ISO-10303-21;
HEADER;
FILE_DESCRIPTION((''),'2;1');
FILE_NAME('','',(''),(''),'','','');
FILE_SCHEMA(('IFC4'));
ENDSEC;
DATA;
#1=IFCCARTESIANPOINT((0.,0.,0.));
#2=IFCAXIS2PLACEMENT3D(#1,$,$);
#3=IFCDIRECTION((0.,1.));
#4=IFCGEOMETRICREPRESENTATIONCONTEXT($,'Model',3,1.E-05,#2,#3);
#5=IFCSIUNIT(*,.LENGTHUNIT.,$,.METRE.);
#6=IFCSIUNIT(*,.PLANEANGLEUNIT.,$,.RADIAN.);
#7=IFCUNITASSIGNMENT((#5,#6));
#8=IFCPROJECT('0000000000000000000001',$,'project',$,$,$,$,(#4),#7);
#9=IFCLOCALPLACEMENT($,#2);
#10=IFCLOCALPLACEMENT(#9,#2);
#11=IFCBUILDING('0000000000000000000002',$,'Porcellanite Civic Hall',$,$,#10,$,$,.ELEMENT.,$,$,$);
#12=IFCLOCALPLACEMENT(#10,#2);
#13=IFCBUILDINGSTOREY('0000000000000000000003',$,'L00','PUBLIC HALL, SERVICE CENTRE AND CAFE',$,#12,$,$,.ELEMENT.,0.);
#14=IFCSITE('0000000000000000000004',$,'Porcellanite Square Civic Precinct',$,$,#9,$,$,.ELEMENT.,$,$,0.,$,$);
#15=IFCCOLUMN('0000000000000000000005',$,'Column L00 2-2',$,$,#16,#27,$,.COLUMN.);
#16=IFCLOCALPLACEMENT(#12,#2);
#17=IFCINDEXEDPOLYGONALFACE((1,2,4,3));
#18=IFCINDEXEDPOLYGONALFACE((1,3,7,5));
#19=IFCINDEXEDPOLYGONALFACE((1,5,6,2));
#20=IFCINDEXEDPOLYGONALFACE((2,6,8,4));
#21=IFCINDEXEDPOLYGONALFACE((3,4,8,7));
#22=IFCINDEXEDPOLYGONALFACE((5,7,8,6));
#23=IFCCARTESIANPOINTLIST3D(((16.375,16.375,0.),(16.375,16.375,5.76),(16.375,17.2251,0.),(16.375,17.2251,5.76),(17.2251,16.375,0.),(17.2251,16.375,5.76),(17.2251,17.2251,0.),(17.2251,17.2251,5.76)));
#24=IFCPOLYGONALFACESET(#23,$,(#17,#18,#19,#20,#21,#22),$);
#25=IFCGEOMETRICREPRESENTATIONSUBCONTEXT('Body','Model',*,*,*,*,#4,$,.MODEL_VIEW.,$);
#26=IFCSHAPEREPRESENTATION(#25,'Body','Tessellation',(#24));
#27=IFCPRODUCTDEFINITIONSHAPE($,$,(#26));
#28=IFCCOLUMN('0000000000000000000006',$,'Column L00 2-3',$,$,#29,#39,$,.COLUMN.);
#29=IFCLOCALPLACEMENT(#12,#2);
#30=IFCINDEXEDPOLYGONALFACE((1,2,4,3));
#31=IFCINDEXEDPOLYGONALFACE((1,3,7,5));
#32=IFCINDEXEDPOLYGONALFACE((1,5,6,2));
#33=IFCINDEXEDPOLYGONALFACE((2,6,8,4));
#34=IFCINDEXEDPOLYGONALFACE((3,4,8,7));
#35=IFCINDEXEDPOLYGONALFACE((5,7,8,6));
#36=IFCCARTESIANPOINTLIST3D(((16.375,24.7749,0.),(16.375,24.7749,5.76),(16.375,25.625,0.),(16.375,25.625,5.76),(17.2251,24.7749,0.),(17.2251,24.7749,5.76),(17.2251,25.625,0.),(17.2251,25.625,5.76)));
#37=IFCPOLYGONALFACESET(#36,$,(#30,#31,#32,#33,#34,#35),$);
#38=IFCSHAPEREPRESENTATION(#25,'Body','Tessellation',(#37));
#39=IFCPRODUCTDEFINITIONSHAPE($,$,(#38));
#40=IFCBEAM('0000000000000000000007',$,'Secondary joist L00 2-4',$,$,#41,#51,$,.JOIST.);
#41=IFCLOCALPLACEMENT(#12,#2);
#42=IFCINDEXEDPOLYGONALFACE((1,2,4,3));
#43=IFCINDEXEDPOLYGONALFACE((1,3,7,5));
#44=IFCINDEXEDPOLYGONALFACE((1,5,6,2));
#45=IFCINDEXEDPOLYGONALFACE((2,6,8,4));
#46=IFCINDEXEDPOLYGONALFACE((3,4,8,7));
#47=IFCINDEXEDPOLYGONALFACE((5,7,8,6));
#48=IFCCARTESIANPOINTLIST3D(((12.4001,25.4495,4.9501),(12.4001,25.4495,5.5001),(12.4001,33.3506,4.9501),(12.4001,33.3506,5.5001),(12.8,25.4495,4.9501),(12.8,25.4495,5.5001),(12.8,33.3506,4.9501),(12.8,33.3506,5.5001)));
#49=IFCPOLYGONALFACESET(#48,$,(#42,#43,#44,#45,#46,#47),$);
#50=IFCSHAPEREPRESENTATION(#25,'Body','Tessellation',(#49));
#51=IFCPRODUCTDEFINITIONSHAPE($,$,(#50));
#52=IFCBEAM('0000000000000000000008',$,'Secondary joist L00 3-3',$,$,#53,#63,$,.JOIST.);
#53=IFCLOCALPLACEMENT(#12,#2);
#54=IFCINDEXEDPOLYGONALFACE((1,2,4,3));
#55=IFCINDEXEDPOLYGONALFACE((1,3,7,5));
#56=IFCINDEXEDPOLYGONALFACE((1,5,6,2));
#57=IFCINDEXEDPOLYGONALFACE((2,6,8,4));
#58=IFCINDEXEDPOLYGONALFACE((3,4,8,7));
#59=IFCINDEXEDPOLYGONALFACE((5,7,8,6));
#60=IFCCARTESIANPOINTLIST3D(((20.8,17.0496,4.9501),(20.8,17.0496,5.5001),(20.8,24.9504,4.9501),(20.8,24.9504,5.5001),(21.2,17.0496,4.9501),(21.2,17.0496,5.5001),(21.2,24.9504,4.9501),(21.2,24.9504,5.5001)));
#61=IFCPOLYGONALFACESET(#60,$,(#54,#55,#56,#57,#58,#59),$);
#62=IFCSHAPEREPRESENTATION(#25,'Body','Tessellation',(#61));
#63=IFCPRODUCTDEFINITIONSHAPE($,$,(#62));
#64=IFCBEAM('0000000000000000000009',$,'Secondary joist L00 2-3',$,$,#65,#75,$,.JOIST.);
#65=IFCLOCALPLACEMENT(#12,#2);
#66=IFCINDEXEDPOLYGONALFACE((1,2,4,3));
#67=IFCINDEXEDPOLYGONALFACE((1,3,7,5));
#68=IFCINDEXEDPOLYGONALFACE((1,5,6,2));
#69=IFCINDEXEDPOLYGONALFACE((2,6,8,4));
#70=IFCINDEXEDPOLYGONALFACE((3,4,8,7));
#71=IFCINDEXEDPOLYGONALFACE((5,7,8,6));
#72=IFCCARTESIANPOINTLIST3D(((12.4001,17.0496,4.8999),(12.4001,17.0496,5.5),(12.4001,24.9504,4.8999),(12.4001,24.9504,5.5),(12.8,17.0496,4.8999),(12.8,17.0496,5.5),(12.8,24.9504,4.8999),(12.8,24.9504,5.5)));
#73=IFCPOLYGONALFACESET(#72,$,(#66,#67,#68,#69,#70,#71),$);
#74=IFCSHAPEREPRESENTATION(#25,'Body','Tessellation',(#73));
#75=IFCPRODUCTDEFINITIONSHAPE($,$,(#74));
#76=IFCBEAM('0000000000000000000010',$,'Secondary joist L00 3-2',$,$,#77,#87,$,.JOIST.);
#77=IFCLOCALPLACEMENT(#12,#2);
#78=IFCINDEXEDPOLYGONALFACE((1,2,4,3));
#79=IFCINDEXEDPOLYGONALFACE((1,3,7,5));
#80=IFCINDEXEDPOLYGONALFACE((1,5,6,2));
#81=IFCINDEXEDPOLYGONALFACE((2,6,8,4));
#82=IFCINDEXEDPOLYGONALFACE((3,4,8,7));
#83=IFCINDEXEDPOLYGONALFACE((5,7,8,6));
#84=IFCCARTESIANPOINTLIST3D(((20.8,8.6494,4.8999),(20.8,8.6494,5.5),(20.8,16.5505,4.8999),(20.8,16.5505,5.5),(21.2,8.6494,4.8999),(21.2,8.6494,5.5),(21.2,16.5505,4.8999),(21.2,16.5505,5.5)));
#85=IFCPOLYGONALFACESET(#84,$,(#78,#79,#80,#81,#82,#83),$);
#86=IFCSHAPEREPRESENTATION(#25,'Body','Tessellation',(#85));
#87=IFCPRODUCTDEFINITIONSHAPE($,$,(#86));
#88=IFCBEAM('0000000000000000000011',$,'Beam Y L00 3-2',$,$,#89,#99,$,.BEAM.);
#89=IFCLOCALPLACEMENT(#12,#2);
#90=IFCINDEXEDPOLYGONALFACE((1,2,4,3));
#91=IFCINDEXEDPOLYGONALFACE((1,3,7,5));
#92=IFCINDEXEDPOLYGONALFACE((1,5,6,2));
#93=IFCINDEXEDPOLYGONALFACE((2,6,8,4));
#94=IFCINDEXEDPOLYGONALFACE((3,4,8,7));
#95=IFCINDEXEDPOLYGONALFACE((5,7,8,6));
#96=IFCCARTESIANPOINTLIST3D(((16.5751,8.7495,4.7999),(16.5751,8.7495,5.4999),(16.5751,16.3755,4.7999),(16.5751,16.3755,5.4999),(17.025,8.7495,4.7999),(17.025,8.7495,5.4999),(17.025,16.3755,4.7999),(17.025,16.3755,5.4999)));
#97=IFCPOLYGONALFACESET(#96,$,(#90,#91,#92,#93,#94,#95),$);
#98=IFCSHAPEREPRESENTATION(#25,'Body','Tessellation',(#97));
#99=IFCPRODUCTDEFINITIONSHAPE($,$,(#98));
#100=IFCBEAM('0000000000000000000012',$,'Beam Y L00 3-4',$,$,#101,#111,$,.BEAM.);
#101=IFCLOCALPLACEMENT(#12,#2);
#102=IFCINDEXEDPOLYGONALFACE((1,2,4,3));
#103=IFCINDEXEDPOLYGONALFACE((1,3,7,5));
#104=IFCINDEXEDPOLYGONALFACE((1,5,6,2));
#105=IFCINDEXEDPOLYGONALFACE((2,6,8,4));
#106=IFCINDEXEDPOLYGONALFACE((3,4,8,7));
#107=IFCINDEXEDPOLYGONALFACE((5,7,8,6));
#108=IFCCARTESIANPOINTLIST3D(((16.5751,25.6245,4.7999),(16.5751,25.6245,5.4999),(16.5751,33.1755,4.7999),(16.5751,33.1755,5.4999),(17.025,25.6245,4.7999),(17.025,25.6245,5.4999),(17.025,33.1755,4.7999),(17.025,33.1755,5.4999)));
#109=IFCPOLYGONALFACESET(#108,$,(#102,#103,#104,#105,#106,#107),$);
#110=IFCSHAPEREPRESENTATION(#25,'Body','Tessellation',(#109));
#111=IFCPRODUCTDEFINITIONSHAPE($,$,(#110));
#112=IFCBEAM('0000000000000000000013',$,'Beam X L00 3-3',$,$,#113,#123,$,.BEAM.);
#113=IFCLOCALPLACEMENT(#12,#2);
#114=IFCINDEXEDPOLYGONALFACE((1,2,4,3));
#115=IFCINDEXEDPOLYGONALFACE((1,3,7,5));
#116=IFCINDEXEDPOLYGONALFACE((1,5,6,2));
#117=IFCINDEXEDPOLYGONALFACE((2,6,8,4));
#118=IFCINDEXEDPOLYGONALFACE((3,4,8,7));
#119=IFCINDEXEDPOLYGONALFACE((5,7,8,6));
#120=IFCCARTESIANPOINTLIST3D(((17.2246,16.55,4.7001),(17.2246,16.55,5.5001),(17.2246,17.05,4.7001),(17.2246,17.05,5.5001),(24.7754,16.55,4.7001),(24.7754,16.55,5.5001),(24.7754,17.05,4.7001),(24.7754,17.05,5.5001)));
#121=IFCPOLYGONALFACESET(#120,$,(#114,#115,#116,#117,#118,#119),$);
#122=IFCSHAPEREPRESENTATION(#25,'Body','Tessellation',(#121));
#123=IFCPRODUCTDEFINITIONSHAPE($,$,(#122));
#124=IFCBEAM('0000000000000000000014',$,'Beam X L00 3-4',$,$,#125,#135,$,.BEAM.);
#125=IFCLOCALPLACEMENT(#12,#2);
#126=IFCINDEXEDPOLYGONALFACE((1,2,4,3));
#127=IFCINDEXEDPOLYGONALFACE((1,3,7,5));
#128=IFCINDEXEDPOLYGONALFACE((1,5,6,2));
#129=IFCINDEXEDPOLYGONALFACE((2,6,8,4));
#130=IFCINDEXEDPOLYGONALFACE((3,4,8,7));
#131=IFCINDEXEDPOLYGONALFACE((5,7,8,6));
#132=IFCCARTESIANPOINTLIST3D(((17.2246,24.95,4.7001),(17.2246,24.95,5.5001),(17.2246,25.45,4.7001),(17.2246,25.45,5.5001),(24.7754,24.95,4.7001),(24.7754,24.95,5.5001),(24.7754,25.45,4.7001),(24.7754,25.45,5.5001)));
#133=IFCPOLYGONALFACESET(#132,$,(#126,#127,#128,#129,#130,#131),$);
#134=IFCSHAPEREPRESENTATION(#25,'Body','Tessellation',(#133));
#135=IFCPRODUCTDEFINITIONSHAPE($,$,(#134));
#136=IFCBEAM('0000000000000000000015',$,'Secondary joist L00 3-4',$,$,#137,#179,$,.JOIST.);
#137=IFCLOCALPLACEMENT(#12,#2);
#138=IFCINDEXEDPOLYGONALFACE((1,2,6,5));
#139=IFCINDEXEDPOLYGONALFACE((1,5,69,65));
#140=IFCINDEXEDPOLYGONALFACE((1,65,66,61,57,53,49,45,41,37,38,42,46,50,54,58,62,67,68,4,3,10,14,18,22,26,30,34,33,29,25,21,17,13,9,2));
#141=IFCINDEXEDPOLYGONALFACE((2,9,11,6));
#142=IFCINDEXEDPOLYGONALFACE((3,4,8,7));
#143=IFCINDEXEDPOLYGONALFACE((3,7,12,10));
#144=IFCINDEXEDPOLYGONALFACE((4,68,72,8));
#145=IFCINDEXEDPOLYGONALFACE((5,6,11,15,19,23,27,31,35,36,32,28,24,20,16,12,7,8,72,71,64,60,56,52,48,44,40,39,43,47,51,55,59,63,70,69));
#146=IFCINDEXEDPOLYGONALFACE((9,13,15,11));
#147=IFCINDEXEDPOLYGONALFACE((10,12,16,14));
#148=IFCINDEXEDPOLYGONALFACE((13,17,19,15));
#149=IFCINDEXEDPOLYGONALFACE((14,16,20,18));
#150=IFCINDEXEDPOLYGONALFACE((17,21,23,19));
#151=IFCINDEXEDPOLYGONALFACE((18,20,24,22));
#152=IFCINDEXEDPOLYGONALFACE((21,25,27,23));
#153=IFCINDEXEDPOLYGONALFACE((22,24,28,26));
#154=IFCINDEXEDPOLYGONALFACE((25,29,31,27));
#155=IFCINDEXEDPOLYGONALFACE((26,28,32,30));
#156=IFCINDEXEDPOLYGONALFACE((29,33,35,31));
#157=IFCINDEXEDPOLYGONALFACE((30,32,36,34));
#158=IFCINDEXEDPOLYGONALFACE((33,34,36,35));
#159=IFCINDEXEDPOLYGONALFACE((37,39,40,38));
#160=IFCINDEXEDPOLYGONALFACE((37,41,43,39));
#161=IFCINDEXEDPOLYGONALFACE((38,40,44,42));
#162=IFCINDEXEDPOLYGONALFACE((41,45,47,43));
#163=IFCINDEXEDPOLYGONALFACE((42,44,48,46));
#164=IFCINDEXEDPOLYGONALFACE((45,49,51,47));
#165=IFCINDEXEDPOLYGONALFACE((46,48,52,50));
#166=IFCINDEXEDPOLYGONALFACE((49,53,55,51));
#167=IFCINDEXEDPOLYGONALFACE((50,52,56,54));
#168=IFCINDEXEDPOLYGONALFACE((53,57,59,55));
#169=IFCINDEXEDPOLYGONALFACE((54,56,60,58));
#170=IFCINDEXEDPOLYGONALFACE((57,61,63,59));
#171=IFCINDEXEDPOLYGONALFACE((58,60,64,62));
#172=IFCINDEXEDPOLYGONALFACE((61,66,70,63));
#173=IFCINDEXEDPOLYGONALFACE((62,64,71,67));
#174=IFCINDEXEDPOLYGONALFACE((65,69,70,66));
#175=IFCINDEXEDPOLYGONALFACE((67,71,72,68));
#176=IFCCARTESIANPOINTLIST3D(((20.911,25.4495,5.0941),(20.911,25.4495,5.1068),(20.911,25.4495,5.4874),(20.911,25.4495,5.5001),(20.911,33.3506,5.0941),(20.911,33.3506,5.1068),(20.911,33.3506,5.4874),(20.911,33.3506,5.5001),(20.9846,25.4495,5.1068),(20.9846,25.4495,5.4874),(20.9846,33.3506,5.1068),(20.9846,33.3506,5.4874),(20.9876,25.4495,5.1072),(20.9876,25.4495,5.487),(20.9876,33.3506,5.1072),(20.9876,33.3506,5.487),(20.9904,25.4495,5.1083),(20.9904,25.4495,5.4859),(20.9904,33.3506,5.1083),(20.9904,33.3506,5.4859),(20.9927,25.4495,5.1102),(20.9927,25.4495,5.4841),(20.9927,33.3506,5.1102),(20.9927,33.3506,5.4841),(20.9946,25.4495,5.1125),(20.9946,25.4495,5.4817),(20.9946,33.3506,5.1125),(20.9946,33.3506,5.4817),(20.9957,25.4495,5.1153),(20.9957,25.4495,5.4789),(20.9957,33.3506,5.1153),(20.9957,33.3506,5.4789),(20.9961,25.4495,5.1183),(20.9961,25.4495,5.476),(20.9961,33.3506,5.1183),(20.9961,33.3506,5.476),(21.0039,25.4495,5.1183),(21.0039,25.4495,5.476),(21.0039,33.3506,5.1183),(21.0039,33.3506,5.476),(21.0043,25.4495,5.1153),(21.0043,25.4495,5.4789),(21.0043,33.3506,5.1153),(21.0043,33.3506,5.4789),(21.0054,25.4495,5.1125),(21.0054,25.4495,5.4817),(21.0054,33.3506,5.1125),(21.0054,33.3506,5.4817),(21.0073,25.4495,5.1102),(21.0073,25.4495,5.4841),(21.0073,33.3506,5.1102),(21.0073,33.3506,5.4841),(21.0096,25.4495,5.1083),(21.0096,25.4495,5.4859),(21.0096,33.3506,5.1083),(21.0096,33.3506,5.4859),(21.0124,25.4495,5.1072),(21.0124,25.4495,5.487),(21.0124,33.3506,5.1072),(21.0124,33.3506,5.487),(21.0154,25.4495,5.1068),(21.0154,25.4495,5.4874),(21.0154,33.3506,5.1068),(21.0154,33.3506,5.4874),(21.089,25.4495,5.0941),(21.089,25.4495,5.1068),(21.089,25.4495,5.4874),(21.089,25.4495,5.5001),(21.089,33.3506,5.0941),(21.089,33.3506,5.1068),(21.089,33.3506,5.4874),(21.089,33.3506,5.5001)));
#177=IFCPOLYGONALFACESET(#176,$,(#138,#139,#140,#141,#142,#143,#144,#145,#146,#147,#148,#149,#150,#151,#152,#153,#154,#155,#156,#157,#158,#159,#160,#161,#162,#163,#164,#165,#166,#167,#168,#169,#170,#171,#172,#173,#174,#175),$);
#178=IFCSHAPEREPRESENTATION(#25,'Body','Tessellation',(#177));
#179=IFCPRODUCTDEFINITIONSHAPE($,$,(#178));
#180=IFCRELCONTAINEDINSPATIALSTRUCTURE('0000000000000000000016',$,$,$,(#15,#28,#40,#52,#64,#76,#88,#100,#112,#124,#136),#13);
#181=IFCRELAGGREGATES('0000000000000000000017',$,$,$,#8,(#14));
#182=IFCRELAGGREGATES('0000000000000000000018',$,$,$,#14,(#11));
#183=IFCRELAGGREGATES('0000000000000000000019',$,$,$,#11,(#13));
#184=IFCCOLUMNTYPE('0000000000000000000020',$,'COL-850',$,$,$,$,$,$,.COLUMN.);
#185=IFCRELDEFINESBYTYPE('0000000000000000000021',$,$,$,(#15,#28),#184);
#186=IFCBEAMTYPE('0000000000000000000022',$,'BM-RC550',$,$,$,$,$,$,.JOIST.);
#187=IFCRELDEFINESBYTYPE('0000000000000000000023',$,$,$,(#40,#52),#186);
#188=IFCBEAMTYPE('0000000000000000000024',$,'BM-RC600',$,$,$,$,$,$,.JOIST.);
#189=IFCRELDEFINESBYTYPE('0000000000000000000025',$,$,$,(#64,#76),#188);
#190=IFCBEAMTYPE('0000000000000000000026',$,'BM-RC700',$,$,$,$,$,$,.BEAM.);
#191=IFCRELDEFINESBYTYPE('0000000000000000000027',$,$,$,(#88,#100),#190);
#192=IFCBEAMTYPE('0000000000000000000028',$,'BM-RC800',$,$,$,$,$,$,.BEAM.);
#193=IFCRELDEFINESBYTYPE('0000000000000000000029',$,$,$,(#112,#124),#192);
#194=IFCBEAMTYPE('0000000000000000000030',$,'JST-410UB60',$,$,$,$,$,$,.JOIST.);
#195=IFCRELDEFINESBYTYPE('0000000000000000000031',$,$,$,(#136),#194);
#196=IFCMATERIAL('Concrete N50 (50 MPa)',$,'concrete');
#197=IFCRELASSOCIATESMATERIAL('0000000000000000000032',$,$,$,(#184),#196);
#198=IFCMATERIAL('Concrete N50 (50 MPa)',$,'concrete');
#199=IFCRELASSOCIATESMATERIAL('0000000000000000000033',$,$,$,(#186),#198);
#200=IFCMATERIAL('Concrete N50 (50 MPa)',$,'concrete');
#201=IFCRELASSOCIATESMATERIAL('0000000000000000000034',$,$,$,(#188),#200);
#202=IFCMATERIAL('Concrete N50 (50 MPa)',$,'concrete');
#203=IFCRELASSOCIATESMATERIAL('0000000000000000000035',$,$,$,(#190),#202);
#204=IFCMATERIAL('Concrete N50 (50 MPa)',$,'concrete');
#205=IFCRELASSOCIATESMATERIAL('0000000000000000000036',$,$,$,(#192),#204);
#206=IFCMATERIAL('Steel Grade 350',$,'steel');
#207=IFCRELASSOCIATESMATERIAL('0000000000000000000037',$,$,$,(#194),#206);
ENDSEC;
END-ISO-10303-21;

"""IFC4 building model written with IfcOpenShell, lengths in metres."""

from ifc_helpers import new_model, si_unit, direction, frame, origin, origin_2d, place, context, subcontext, project, spatial, rectangle, i_section, extrude, material, material_profile, profile_set, type_object, element, save


model = new_model("IFC4")

# Units and contexts
model_context = context("Model", 3, precision=1e-05, world=origin(), true_north=direction((0.0, 1.0)))
body_context = subcontext(model_context, "Body", "Model", "MODEL_VIEW")
ifc_project = project(units=[si_unit("LENGTHUNIT", "METRE"), si_unit("PLANEANGLEUNIT", "RADIAN")], contexts=[model_context])

# Site, building, storey
site_placement = place(None, origin())
site = spatial("IfcSite", under=ifc_project, at=site_placement, Name="Porcellanite Square Civic Precinct", CompositionType="ELEMENT", RefElevation=0.0)
building_placement = place(site_placement, origin())
building = spatial("IfcBuilding", under=site, at=building_placement, Name="Porcellanite Civic Hall", CompositionType="ELEMENT")
storey_placement = place(building_placement, origin())
storey = spatial("IfcBuildingStorey", under=building, at=storey_placement, Name="L00", Description="PUBLIC HALL, SERVICE CENTRE AND CAFE", CompositionType="ELEMENT", Elevation=0.0)

# Columns
ifc_material_1 = material(Name="Concrete N50 (50 MPa)", Category="concrete")
ifc_material_profile_1 = material_profile(ifc_material_1, rectangle(XDim=0.8501, YDim=0.8501, at=origin_2d()), Name="RC-850x850")
ifc_profile_set_1 = profile_set([ifc_material_profile_1], Name="Concrete N50 (50 MPa)")
column_type = type_object("IfcColumnType", Name="COL-850", PredefinedType="COLUMN", material=ifc_profile_set_1)
for number, where, z_axis, x_axis, name in (
    (1, (16.8, 16.8, 0.0), (0.0, 0.0, 1.0), (1.0, 0.0, 0.0), "Column L00 2-2"),
    (2, (16.8, 25.2, 0.0), (0.0, 0.0, 1.0), (1.0, 0.0, 0.0), "Column L00 2-3"),
):
    element("IfcColumn", number, at=place(storey_placement, frame(where, z_axis=z_axis, x_axis=x_axis)), inside=storey, type_object=column_type, Name=name, PredefinedType="COLUMN", context=body_context, shape_type="SweptSolid", body=[
        extrude(rectangle(XDim=0.8501, YDim=0.8501, at=origin_2d()), origin(), (0.0, 0.0, 1.0), 5.76),
    ])

# Beams
ifc_material_2 = material(Name="Concrete N50 (50 MPa)", Category="concrete")
ifc_material_profile_2 = material_profile(ifc_material_2, rectangle(XDim=0.3999, YDim=0.55, at=origin_2d()), Name="RC-400x550")
ifc_profile_set_2 = profile_set([ifc_material_profile_2], Name="Concrete N50 (50 MPa)")
beam_type_1 = type_object("IfcBeamType", Name="BM-RC550", PredefinedType="JOIST", material=ifc_profile_set_2)
beam_1_placement = place(storey_placement, frame((12.6001, 25.4495, 5.2251), z_axis=(0.0, 1.0, 0.0), x_axis=(-1.0, 0.0, 0.0)))
element("IfcBeam", 3, at=beam_1_placement, inside=storey, type_object=beam_type_1, Name="Secondary joist L00 2-4", PredefinedType="JOIST", context=body_context, shape_type="SweptSolid", body=[
    extrude(rectangle(XDim=0.3999, YDim=0.55, at=origin_2d()), origin(), (0.0, 0.0, 1.0), 7.9011),
])
beam_2_placement = place(storey_placement, frame((21.0, 17.0496, 5.2251), z_axis=(0.0, 1.0, 0.0), x_axis=(-1.0, 0.0, 0.0)))
element("IfcBeam", 4, at=beam_2_placement, inside=storey, type_object=beam_type_1, Name="Secondary joist L00 3-3", PredefinedType="JOIST", context=body_context, shape_type="SweptSolid", body=[
    extrude(rectangle(XDim=0.3999, YDim=0.55, at=origin_2d()), origin(), (0.0, 0.0, 1.0), 7.9009),
])
ifc_material_3 = material(Name="Concrete N50 (50 MPa)", Category="concrete")
ifc_material_profile_3 = material_profile(ifc_material_3, rectangle(XDim=0.3999, YDim=0.6001, at=origin_2d()), Name="RC-400x600")
ifc_profile_set_3 = profile_set([ifc_material_profile_3], Name="Concrete N50 (50 MPa)")
beam_type_2 = type_object("IfcBeamType", Name="BM-RC600", PredefinedType="JOIST", material=ifc_profile_set_3)
beam_3_placement = place(storey_placement, frame((12.6001, 17.0496, 5.2), z_axis=(0.0, 1.0, 0.0), x_axis=(-1.0, 0.0, 0.0)))
element("IfcBeam", 5, at=beam_3_placement, inside=storey, type_object=beam_type_2, Name="Secondary joist L00 2-3", PredefinedType="JOIST", context=body_context, shape_type="SweptSolid", body=[
    extrude(rectangle(XDim=0.3999, YDim=0.6001, at=origin_2d()), origin(), (0.0, 0.0, 1.0), 7.9009),
])
beam_4_placement = place(storey_placement, frame((21.0, 8.6494, 5.2), z_axis=(0.0, 1.0, 0.0), x_axis=(-1.0, 0.0, 0.0)))
element("IfcBeam", 6, at=beam_4_placement, inside=storey, type_object=beam_type_2, Name="Secondary joist L00 3-2", PredefinedType="JOIST", context=body_context, shape_type="SweptSolid", body=[
    extrude(rectangle(XDim=0.3999, YDim=0.6001, at=origin_2d()), origin(), (0.0, 0.0, 1.0), 7.9011),
])
ifc_material_4 = material(Name="Concrete N50 (50 MPa)", Category="concrete")
ifc_material_profile_4 = material_profile(ifc_material_4, rectangle(XDim=0.45, YDim=0.7, at=origin_2d()), Name="RC-450x700")
ifc_profile_set_4 = profile_set([ifc_material_profile_4], Name="Concrete N50 (50 MPa)")
beam_type_3 = type_object("IfcBeamType", Name="BM-RC700", PredefinedType="BEAM", material=ifc_profile_set_4)
beam_5_placement = place(storey_placement, frame((16.8, 8.7495, 5.1499), z_axis=(0.0, 1.0, 0.0), x_axis=(-1.0, 0.0, 0.0)))
element("IfcBeam", 7, at=beam_5_placement, inside=storey, type_object=beam_type_3, Name="Beam Y L00 3-2", PredefinedType="BEAM", context=body_context, shape_type="SweptSolid", body=[
    extrude(rectangle(XDim=0.45, YDim=0.7, at=origin_2d()), origin(), (0.0, 0.0, 1.0), 7.626),
])
beam_6_placement = place(storey_placement, frame((16.8, 25.6245, 5.1499), z_axis=(0.0, 1.0, 0.0), x_axis=(-1.0, 0.0, 0.0)))
element("IfcBeam", 8, at=beam_6_placement, inside=storey, type_object=beam_type_3, Name="Beam Y L00 3-4", PredefinedType="BEAM", context=body_context, shape_type="SweptSolid", body=[
    extrude(rectangle(XDim=0.45, YDim=0.7, at=origin_2d()), origin(), (0.0, 0.0, 1.0), 7.551),
])
ifc_material_5 = material(Name="Concrete N50 (50 MPa)", Category="concrete")
ifc_material_profile_5 = material_profile(ifc_material_5, rectangle(XDim=0.5, YDim=0.8, at=origin_2d()), Name="RC-500x800")
ifc_profile_set_5 = profile_set([ifc_material_profile_5], Name="Concrete N50 (50 MPa)")
beam_type_4 = type_object("IfcBeamType", Name="BM-RC800", PredefinedType="BEAM", material=ifc_profile_set_5)
for number, where, z_axis, x_axis, name in (
    (9, (17.2246, 16.8, 5.1001), (1.0, 0.0, 0.0), (0.0, 1.0, 0.0), "Beam X L00 3-3"),
    (10, (17.2246, 25.2, 5.1001), (1.0, 0.0, 0.0), (0.0, 1.0, 0.0), "Beam X L00 3-4"),
):
    element("IfcBeam", number, at=place(storey_placement, frame(where, z_axis=z_axis, x_axis=x_axis)), inside=storey, type_object=beam_type_4, Name=name, PredefinedType="BEAM", context=body_context, shape_type="SweptSolid", body=[
        extrude(rectangle(XDim=0.5, YDim=0.8, at=origin_2d()), origin(), (0.0, 0.0, 1.0), 7.5508),
    ])
ifc_material_6 = material(Name="Steel Grade 350", Category="steel")
ifc_material_profile_6 = material_profile(ifc_material_6, i_section(OverallWidth=0.178, OverallDepth=0.406, WebThickness=0.0078, FlangeThickness=0.0127, FilletRadius=0.0115, at=origin_2d()), Name="410UB59.7")
ifc_profile_set_6 = profile_set([ifc_material_profile_6], Name="Steel Grade 350")
beam_type_5 = type_object("IfcBeamType", Name="JST-410UB60", PredefinedType="JOIST", material=ifc_profile_set_6)
beam_7_placement = place(storey_placement, frame((21.0, 25.4495, 5.2971), z_axis=(0.0, 1.0, 0.0), x_axis=(-1.0, 0.0, 0.0)))
element("IfcBeam", 11, at=beam_7_placement, inside=storey, type_object=beam_type_5, Name="Secondary joist L00 3-4", PredefinedType="JOIST", context=body_context, shape_type="SweptSolid", body=[
    extrude(i_section(OverallWidth=0.178, OverallDepth=0.406, WebThickness=0.0078, FlangeThickness=0.0127, FilletRadius=0.0115, at=origin_2d()), origin(), (0.0, 0.0, 1.0), 7.9011),
])

save(model, "model.ifc")
